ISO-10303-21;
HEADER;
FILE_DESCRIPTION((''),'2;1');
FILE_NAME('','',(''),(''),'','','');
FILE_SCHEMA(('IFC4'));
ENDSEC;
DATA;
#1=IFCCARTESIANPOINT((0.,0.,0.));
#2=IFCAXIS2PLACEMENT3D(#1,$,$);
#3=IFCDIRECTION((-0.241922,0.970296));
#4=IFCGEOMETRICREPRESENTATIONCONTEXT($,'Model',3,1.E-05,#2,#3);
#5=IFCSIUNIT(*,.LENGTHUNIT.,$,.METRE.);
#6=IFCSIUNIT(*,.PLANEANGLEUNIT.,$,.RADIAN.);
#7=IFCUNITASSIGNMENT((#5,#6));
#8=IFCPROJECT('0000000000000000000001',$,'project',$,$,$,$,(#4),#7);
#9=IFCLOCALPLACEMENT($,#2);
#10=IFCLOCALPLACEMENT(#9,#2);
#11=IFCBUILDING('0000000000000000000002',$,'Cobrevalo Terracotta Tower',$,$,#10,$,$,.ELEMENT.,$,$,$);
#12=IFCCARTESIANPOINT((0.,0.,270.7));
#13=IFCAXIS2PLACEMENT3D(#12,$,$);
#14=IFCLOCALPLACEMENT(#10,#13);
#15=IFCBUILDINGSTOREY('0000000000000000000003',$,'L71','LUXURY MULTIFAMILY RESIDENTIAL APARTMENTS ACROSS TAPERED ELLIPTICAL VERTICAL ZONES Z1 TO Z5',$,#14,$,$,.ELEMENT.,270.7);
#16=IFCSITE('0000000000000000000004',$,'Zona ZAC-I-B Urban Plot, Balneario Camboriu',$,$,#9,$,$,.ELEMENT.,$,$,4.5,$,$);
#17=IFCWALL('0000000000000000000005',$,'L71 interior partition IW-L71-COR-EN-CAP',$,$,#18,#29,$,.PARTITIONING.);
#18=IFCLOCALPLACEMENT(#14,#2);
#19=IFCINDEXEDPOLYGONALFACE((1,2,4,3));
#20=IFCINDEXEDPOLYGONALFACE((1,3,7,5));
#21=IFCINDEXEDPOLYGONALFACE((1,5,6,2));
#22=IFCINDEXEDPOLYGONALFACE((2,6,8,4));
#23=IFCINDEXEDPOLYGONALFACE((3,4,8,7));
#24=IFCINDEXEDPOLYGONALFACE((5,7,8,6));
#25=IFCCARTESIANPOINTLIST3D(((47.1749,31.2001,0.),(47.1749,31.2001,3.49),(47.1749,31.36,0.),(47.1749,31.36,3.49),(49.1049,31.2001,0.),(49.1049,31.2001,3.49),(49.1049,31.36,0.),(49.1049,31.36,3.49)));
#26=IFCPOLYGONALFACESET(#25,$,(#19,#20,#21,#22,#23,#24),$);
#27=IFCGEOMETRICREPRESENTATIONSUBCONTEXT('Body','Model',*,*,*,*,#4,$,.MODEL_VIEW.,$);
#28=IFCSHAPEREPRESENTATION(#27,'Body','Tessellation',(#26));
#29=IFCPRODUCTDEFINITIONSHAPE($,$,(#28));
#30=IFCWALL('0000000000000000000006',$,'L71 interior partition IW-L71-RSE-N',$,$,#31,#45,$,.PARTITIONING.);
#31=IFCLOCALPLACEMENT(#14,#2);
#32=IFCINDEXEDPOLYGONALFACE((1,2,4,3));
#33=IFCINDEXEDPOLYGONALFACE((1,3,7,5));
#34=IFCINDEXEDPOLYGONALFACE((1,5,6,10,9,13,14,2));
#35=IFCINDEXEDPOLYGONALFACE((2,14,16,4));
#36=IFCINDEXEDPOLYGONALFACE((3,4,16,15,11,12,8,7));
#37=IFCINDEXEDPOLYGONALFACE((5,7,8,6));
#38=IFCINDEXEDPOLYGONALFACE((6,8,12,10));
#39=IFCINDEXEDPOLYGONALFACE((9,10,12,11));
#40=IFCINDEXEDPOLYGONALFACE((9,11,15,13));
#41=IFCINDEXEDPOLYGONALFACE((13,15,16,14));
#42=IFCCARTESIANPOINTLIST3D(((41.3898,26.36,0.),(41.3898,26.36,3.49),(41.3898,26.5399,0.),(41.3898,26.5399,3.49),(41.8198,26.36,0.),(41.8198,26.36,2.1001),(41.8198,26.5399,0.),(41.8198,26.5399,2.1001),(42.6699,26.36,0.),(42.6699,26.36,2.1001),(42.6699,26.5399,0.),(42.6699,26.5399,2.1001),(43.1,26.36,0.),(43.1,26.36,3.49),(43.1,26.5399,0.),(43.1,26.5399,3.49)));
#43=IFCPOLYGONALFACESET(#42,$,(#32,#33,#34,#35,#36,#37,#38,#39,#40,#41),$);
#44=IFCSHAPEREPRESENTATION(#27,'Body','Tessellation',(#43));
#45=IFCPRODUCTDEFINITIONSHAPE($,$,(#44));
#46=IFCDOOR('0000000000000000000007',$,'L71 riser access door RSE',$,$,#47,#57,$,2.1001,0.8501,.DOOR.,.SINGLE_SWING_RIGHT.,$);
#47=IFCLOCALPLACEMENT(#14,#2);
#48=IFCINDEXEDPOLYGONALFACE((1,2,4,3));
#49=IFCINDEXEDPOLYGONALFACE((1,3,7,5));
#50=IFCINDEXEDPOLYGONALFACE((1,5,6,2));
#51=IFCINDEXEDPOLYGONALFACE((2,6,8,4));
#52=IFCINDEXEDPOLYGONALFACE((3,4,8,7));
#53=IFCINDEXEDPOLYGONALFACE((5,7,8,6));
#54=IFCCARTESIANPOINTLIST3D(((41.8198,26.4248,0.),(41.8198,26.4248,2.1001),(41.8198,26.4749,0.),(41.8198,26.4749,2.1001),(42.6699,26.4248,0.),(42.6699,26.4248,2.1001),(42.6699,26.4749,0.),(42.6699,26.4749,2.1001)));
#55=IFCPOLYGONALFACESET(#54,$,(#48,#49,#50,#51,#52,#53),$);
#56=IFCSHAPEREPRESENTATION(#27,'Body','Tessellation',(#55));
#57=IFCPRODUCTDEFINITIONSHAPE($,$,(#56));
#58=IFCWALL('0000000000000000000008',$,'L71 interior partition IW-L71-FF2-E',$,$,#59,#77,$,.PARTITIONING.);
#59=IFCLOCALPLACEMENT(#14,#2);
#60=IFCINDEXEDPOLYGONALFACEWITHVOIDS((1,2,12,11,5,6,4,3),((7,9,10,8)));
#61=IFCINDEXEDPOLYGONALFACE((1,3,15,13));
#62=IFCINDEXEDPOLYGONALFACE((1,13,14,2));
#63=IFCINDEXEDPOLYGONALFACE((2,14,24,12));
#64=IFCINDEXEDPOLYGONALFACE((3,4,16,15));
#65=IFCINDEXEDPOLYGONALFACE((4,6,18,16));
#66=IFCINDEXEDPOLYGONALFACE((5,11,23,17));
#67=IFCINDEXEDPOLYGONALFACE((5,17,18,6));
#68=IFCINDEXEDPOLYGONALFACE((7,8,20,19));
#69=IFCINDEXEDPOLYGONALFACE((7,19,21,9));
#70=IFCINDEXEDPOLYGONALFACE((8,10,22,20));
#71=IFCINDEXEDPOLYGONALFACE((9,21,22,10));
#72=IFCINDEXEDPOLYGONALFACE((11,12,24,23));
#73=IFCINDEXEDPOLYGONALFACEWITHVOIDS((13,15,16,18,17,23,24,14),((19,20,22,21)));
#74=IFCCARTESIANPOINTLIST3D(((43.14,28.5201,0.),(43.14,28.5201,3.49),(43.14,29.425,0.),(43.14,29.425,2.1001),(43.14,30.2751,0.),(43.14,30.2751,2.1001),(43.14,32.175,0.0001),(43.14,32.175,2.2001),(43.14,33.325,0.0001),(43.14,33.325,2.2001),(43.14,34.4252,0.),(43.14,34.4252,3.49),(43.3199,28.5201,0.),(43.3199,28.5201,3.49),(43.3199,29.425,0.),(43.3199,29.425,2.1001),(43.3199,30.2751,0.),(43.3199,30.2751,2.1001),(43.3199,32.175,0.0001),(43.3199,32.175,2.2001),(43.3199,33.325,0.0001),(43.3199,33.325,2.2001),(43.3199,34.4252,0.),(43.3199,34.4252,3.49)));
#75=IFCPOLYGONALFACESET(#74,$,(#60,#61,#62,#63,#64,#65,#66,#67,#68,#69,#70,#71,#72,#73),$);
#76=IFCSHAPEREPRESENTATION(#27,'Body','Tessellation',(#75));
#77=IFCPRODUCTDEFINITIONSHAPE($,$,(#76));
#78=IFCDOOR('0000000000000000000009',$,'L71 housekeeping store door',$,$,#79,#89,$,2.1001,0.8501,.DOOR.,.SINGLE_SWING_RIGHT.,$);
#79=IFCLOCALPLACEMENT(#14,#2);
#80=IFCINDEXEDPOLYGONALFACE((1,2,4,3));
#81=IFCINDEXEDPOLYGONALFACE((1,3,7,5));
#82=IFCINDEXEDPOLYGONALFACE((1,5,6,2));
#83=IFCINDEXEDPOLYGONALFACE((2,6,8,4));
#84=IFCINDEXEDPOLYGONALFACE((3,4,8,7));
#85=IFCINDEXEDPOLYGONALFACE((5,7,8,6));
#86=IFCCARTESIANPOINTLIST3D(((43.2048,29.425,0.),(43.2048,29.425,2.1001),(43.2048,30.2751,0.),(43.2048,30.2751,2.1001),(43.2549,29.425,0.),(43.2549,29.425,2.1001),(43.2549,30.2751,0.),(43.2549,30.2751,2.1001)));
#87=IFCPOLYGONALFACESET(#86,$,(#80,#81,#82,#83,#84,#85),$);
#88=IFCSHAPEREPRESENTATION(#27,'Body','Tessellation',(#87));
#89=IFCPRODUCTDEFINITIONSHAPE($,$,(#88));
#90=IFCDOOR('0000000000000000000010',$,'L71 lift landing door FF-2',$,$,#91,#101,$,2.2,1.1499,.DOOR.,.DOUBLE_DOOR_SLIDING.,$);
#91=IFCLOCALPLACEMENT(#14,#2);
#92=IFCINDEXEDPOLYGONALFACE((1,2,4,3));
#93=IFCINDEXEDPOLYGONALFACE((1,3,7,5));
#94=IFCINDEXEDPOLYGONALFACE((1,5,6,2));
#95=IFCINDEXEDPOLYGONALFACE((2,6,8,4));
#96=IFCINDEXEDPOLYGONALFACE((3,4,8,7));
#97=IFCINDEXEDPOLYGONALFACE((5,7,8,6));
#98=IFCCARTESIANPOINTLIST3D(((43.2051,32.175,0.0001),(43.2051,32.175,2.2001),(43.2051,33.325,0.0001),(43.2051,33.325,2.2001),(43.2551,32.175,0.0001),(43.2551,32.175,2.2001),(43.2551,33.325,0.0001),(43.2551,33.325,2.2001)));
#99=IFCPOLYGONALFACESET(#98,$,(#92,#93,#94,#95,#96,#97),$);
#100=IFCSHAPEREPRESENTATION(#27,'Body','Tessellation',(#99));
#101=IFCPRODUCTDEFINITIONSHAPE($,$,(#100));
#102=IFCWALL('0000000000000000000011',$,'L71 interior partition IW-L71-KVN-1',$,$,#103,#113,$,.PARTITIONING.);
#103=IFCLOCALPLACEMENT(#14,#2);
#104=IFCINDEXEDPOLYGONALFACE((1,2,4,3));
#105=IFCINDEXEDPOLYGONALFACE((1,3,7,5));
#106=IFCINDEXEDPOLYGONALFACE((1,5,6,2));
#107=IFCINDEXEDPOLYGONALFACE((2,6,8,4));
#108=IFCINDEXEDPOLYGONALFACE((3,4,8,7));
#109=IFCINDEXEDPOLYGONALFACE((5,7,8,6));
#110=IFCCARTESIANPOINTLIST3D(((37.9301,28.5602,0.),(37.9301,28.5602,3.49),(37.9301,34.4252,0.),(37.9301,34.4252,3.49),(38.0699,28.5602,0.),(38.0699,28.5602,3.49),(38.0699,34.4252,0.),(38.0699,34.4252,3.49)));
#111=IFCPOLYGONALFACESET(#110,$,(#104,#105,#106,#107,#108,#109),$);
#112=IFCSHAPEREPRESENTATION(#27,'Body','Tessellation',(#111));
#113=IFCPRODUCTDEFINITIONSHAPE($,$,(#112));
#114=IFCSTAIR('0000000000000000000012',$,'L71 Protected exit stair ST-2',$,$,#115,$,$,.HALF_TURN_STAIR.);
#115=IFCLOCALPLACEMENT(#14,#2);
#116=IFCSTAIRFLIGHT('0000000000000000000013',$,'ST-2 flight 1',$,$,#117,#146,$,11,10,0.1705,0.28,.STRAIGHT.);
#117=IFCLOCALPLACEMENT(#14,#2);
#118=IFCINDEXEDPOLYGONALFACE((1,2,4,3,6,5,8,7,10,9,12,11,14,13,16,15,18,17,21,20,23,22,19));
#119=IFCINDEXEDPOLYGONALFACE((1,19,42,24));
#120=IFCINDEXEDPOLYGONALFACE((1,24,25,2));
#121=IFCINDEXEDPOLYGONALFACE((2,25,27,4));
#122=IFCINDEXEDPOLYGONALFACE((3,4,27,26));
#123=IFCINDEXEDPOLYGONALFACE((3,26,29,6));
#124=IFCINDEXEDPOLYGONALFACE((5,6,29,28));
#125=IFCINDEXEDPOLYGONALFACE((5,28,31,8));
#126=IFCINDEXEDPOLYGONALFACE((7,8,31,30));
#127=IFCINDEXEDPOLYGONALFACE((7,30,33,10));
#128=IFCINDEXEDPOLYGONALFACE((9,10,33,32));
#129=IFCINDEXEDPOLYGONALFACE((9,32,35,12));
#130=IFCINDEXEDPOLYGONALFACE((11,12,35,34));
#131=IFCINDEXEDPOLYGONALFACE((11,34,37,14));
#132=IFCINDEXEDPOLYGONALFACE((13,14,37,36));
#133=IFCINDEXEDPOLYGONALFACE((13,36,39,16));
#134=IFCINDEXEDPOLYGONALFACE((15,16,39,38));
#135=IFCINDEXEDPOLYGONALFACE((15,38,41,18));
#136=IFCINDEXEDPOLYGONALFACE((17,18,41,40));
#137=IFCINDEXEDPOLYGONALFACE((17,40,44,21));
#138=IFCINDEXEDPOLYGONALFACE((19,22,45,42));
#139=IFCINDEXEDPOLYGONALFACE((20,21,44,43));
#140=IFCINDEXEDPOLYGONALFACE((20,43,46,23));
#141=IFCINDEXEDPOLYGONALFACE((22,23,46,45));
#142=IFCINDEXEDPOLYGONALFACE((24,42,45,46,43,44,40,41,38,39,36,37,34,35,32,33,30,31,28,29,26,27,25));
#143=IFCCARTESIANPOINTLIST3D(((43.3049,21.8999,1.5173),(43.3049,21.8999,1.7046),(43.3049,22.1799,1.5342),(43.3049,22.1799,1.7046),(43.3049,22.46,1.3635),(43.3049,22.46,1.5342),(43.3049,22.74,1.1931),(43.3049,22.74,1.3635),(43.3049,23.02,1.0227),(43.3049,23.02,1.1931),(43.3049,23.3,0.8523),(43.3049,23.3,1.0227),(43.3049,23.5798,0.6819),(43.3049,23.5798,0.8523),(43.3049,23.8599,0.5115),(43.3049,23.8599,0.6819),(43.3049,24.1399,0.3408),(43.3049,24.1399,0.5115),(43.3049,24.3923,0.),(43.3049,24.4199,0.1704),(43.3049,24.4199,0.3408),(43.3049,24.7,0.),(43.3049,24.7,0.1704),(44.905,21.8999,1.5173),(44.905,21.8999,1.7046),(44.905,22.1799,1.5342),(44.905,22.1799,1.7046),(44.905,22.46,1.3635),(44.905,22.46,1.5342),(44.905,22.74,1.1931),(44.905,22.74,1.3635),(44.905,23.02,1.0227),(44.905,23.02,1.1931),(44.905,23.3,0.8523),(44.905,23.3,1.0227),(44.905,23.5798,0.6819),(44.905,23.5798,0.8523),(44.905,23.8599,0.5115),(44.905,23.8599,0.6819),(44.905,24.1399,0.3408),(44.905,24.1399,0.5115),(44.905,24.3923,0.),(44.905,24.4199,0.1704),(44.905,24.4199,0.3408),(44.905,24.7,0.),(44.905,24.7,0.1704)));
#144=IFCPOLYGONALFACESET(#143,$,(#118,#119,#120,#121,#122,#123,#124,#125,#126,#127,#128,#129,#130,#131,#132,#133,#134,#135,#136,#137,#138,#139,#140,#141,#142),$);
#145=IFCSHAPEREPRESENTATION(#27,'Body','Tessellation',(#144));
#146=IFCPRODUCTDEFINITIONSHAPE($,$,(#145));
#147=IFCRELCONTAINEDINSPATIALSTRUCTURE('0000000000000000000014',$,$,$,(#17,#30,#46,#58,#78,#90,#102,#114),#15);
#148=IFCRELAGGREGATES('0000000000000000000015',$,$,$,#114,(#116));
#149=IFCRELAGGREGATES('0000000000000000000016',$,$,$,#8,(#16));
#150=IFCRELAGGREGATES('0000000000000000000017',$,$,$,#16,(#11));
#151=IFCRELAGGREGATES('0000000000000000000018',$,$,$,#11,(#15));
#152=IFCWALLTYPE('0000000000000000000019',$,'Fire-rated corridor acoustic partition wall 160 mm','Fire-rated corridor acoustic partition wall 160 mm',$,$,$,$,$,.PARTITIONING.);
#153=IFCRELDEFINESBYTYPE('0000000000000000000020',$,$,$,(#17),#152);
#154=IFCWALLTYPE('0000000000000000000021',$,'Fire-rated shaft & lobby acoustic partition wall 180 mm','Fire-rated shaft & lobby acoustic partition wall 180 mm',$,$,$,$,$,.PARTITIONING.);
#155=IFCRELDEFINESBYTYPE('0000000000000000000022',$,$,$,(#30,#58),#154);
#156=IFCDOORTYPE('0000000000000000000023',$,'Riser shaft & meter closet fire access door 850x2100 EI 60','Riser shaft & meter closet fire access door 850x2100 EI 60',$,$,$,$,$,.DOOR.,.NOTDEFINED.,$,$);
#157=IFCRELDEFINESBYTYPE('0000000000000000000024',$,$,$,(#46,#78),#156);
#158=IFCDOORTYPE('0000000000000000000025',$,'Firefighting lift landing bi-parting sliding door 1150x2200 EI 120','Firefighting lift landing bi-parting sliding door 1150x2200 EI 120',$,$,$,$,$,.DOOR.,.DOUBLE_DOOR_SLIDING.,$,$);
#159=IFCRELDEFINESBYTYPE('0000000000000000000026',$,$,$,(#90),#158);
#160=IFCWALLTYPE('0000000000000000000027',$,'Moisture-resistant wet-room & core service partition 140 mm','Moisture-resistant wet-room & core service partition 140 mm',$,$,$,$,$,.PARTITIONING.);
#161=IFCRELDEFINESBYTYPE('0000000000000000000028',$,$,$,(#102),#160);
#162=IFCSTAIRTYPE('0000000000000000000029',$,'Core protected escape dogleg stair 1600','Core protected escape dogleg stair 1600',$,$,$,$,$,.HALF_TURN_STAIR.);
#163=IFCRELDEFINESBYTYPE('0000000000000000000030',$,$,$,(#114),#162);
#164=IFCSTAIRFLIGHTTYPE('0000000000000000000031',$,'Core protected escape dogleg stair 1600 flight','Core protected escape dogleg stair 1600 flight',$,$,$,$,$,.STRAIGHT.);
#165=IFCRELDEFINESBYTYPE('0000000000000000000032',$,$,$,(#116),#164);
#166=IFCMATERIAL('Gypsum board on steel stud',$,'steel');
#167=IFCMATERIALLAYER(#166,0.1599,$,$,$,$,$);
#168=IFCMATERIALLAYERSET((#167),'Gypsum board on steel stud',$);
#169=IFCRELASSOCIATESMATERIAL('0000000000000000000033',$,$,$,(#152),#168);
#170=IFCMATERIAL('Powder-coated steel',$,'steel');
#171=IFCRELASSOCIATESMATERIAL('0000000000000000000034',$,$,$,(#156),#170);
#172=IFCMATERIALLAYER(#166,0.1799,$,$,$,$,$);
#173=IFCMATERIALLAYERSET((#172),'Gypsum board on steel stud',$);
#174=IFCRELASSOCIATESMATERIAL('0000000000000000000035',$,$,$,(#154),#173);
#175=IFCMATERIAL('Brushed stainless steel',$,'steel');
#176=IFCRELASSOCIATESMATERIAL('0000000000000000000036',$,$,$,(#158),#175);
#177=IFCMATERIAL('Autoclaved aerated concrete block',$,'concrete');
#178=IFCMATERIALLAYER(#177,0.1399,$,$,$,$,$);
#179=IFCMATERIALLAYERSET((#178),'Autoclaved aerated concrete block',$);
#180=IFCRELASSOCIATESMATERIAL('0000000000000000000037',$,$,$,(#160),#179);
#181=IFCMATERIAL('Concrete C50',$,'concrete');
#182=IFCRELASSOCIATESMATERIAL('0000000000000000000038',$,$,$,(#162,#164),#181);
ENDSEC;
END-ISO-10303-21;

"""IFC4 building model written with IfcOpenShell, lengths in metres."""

from ifc_helpers import new_model, si_unit, direction, frame, frame_2d, origin, place, context, subcontext, project, spatial, polyline, rectangle, outline, extrude, source, transform, mapped, material, layer, layer_set, type_object, element, fill, aggregate, save


model = new_model("IFC4")

# Units and contexts
model_context = context("Model", 3, precision=1e-05, world=origin(), true_north=direction((-0.241922, 0.970296)))
body_context = subcontext(model_context, "Body", "Model", "MODEL_VIEW")
ifc_project = project(units=[si_unit("LENGTHUNIT", "METRE"), si_unit("PLANEANGLEUNIT", "RADIAN")], contexts=[model_context])

# Site, building, storey
site_placement = place(None, origin())
site = spatial("IfcSite", under=ifc_project, at=site_placement, Name="Zona ZAC-I-B Urban Plot, Balneario Camboriu", CompositionType="ELEMENT", RefElevation=4.5)
building_placement = place(site_placement, origin())
building = spatial("IfcBuilding", under=site, at=building_placement, Name="Cobrevalo Terracotta Tower", CompositionType="ELEMENT")
storey_placement = place(building_placement, frame((0.0, 0.0, 270.7)))
storey = spatial("IfcBuildingStorey", under=building, at=storey_placement, Name="L71", Description="LUXURY MULTIFAMILY RESIDENTIAL APARTMENTS ACROSS TAPERED ELLIPTICAL VERTICAL ZONES Z1 TO Z5", CompositionType="ELEMENT", Elevation=270.7)

# Shared definitions
ifc_material_1 = material(Name="Gypsum board on steel stud", Category="steel")
ifc_layer_1 = layer(ifc_material_1, 0.1599)
ifc_layer_set_1 = layer_set([ifc_layer_1], Name="Gypsum board on steel stud")
wall_type_1 = type_object("IfcWallType", Name="Fire-rated corridor acoustic partition wall 160 mm", Description="Fire-rated corridor acoustic partition wall 160 mm", PredefinedType="PARTITIONING", material=ifc_layer_set_1)

# Shared definitions
ifc_material_2 = material(Name="Powder-coated steel", Category="steel")
door_type_1 = type_object("IfcDoorType", Name="Riser shaft & meter closet fire access door 850x2100 EI 60", Description="Riser shaft & meter closet fire access door 850x2100 EI 60", OperationType="NOTDEFINED", PredefinedType="DOOR", material=ifc_material_2)
shared_shape_1 = source(origin(), body_context, "Body", "SweptSolid", [
    extrude(rectangle(XDim=0.8501, YDim=2.1001, at=frame_2d((0.425, 1.05))), frame((0.0, 0.0249, 0.0), z_axis=(0.0, -1.0, 0.0), x_axis=(1.0, 0.0, 0.0)), (0.0, 0.0, 1.0), 0.05),
])
ifc_material_3 = material(Name="Brushed stainless steel", Category="steel")

# Wall
wall_1_placement = place(storey_placement, frame((47.175, 31.28, 0.0), z_axis=(0.0, 0.0, 1.0), x_axis=(1.0, 0.0, 0.0)))
element("IfcWall", 1, at=wall_1_placement, inside=storey, type_object=wall_type_1, Name="L71 interior partition IW-L71-COR-EN-CAP", PredefinedType="PARTITIONING", context=body_context, shape_type="SweptSolid", body=[
    extrude(rectangle(XDim=1.9299, YDim=0.1599, at=frame_2d((0.9648, 0.0))), origin(), (0.0, 0.0, 1.0), 3.49),
])

# Wall, opening, door
ifc_layer_2 = layer(ifc_material_1, 0.1799)
ifc_layer_set_2 = layer_set([ifc_layer_2], Name="Gypsum board on steel stud")
wall_type_2 = type_object("IfcWallType", Name="Fire-rated shaft & lobby acoustic partition wall 180 mm", Description="Fire-rated shaft & lobby acoustic partition wall 180 mm", PredefinedType="PARTITIONING", material=ifc_layer_set_2)
wall_2_placement = place(storey_placement, frame((41.3899, 26.45, 0.0), z_axis=(0.0, 0.0, 1.0), x_axis=(1.0, 0.0, 0.0)))
wall_2 = element("IfcWall", 2, at=wall_2_placement, inside=storey, type_object=wall_type_2, Name="L71 interior partition IW-L71-RSE-N", PredefinedType="PARTITIONING", context=body_context, shape_type="SweptSolid", body=[
    extrude(rectangle(XDim=1.7102, YDim=0.1799, at=frame_2d((0.855, 0.0))), origin(), (0.0, 0.0, 1.0), 3.49),
])
opening_1_placement = place(wall_2_placement, frame((0.4299, 0.0, 0.0)))
opening_1 = element("IfcOpeningElement", 3, at=opening_1_placement, cuts=wall_2, PredefinedType="OPENING", context=body_context, shape_type="SweptSolid", body=[
    extrude(rectangle(XDim=0.8501, YDim=2.1001, at=frame_2d((0.425, 1.05))), frame((0.0, 0.1001, 0.0), z_axis=(0.0, -1.0, 0.0), x_axis=(1.0, 0.0, 0.0)), (0.0, 0.0, 1.0), 0.2),
])
door_1_placement = place(opening_1_placement, origin())
door_1 = element("IfcDoor", 4, at=door_1_placement, inside=storey, type_object=door_type_1, Name="L71 riser access door RSE", OperationType="SINGLE_SWING_RIGHT", OverallHeight=2.1001, OverallWidth=0.8501, PredefinedType="DOOR", context=body_context, shape_type="MappedRepresentation", body=[
    mapped(shared_shape_1, transform((0.0, 0.0, 0.0), scale=1.0)),
])
fill(opening_1, door_1)

# Wall, openings, doors
wall_3_placement = place(storey_placement, frame((43.23, 28.52, 0.0), z_axis=(0.0, 0.0, 1.0), x_axis=(0.0, 1.0, 0.0)))
wall_3 = element("IfcWall", 5, at=wall_3_placement, inside=storey, type_object=wall_type_2, Name="L71 interior partition IW-L71-FF2-E", PredefinedType="PARTITIONING", context=body_context, shape_type="SweptSolid", body=[
    extrude(rectangle(XDim=5.905, YDim=0.1799, at=frame_2d((2.9526, 0.0))), origin(), (0.0, 0.0, 1.0), 3.49),
])
opening_2_placement = place(wall_3_placement, frame((0.905, 0.0, 0.0)))
opening_2 = element("IfcOpeningElement", 6, at=opening_2_placement, cuts=wall_3, PredefinedType="OPENING", context=body_context, shape_type="SweptSolid", body=[
    extrude(rectangle(XDim=0.8501, YDim=2.1001, at=frame_2d((0.425, 1.05))), frame((0.0, 0.1001, 0.0), z_axis=(0.0, -1.0, 0.0), x_axis=(1.0, 0.0, 0.0)), (0.0, 0.0, 1.0), 0.2),
])
opening_3_placement = place(wall_3_placement, frame((3.655, 0.0, 0.0)))
opening_3 = element("IfcOpeningElement", 7, at=opening_3_placement, cuts=wall_3, PredefinedType="OPENING", context=body_context, shape_type="SweptSolid", body=[
    extrude(rectangle(XDim=1.1499, YDim=2.2, at=frame_2d((0.575, 1.1001))), frame((0.0, 0.1001, 0.0), z_axis=(0.0, -1.0, 0.0), x_axis=(1.0, 0.0, 0.0)), (0.0, 0.0, 1.0), 0.2),
])
door_2_placement = place(opening_2_placement, frame((0.8501, 0.0, 0.0), z_axis=(0.0, 0.0, 1.0), x_axis=(-1.0, 0.0, 0.0)))
door_2 = element("IfcDoor", 8, at=door_2_placement, inside=storey, type_object=door_type_1, Name="L71 housekeeping store door", OperationType="SINGLE_SWING_RIGHT", OverallHeight=2.1001, OverallWidth=0.8501, PredefinedType="DOOR", context=body_context, shape_type="MappedRepresentation", body=[
    mapped(shared_shape_1, transform((0.0, 0.0, 0.0), scale=1.0)),
])
fill(opening_2, door_2)
door_type_2 = type_object("IfcDoorType", Name="Firefighting lift landing bi-parting sliding door 1150x2200 EI 120", Description="Firefighting lift landing bi-parting sliding door 1150x2200 EI 120", OperationType="DOUBLE_DOOR_SLIDING", PredefinedType="DOOR", material=ifc_material_3)
shared_shape_2 = source(origin(), body_context, "Body", "SweptSolid", [
    extrude(rectangle(XDim=1.1499, YDim=2.2, at=frame_2d((0.575, 1.1001))), frame((0.0, 0.0249, 0.0), z_axis=(0.0, -1.0, 0.0), x_axis=(1.0, 0.0, 0.0)), (0.0, 0.0, 1.0), 0.05),
])
door_3_placement = place(opening_3_placement, origin())
door_3 = element("IfcDoor", 9, at=door_3_placement, inside=storey, type_object=door_type_2, Name="L71 lift landing door FF-2", OperationType="DOUBLE_DOOR_SLIDING", OverallHeight=2.2, OverallWidth=1.1499, PredefinedType="DOOR", context=body_context, shape_type="MappedRepresentation", body=[
    mapped(shared_shape_2, transform((0.0, 0.0, 0.0), scale=1.0)),
])
fill(opening_3, door_3)

# Wall
ifc_material_4 = material(Name="Autoclaved aerated concrete block", Category="concrete")
ifc_layer_3 = layer(ifc_material_4, 0.1399)
ifc_layer_set_3 = layer_set([ifc_layer_3], Name="Autoclaved aerated concrete block")
wall_type_3 = type_object("IfcWallType", Name="Moisture-resistant wet-room & core service partition 140 mm", Description="Moisture-resistant wet-room & core service partition 140 mm", PredefinedType="PARTITIONING", material=ifc_layer_set_3)
wall_4_placement = place(storey_placement, frame((38.0, 28.5601, 0.0), z_axis=(0.0, 0.0, 1.0), x_axis=(0.0, 1.0, 0.0)))
element("IfcWall", 10, at=wall_4_placement, inside=storey, type_object=wall_type_3, Name="L71 interior partition IW-L71-KVN-1", PredefinedType="PARTITIONING", context=body_context, shape_type="SweptSolid", body=[
    extrude(rectangle(XDim=5.865, YDim=0.1399, at=frame_2d((2.9326, 0.0))), origin(), (0.0, 0.0, 1.0), 3.49),
])

# Shared definitions
ifc_material_5 = material(Name="Concrete C50", Category="concrete")

# Stair, stair flight
stair_type = type_object("IfcStairType", Name="Core protected escape dogleg stair 1600", Description="Core protected escape dogleg stair 1600", PredefinedType="HALF_TURN_STAIR", material=ifc_material_5)
stair_placement = place(storey_placement, origin())
stair = element("IfcStair", 11, at=stair_placement, inside=storey, type_object=stair_type, Name="L71 Protected exit stair ST-2", PredefinedType="HALF_TURN_STAIR")
stair_flight_type = type_object("IfcStairFlightType", Name="Core protected escape dogleg stair 1600 flight", Description="Core protected escape dogleg stair 1600 flight", PredefinedType="STRAIGHT", material=ifc_material_5)
stair_flight_placement = place(storey_placement, frame((44.105, 24.7, 0.0), z_axis=(0.0, 0.0, 1.0), x_axis=(0.0, -1.0, 0.0)))
stair_flight = element("IfcStairFlight", 12, at=stair_flight_placement, type_object=stair_flight_type, Name="ST-2 flight 1", NumberOfRisers=11, NumberOfTreads=10, PredefinedType="STRAIGHT", RiserHeight=0.1705, TreadLength=0.28, context=body_context, shape_type="SweptSolid", body=[
    extrude(outline(polyline([(0.0, 0.0), (0.0, 0.1704), (0.28, 0.1704), (0.28, 0.3408), (0.5601, 0.3408), (0.5601, 0.5115), (0.8401, 0.5115), (0.8401, 0.6819), (1.1201, 0.6819), (1.1201, 0.8523), (1.3999, 0.8523), (1.3999, 1.0227), (1.6799, 1.0227), (1.6799, 1.1931), (1.96, 1.1931), (1.96, 1.3635), (2.24, 1.3635), (2.24, 1.5342), (2.52, 1.5342), (2.52, 1.7046), (2.8, 1.7046), (2.8, 1.875), (2.8, 1.5173), (0.3076, 0.0), (0.0, 0.0)])), frame((0.0, 0.8, 0.0), z_axis=(0.0, -1.0, 0.0), x_axis=(1.0, 0.0, 0.0)), (0.0, 0.0, 1.0), 1.6001),
])
aggregate(stair, [stair_flight])

save(model, "model.ifc")
